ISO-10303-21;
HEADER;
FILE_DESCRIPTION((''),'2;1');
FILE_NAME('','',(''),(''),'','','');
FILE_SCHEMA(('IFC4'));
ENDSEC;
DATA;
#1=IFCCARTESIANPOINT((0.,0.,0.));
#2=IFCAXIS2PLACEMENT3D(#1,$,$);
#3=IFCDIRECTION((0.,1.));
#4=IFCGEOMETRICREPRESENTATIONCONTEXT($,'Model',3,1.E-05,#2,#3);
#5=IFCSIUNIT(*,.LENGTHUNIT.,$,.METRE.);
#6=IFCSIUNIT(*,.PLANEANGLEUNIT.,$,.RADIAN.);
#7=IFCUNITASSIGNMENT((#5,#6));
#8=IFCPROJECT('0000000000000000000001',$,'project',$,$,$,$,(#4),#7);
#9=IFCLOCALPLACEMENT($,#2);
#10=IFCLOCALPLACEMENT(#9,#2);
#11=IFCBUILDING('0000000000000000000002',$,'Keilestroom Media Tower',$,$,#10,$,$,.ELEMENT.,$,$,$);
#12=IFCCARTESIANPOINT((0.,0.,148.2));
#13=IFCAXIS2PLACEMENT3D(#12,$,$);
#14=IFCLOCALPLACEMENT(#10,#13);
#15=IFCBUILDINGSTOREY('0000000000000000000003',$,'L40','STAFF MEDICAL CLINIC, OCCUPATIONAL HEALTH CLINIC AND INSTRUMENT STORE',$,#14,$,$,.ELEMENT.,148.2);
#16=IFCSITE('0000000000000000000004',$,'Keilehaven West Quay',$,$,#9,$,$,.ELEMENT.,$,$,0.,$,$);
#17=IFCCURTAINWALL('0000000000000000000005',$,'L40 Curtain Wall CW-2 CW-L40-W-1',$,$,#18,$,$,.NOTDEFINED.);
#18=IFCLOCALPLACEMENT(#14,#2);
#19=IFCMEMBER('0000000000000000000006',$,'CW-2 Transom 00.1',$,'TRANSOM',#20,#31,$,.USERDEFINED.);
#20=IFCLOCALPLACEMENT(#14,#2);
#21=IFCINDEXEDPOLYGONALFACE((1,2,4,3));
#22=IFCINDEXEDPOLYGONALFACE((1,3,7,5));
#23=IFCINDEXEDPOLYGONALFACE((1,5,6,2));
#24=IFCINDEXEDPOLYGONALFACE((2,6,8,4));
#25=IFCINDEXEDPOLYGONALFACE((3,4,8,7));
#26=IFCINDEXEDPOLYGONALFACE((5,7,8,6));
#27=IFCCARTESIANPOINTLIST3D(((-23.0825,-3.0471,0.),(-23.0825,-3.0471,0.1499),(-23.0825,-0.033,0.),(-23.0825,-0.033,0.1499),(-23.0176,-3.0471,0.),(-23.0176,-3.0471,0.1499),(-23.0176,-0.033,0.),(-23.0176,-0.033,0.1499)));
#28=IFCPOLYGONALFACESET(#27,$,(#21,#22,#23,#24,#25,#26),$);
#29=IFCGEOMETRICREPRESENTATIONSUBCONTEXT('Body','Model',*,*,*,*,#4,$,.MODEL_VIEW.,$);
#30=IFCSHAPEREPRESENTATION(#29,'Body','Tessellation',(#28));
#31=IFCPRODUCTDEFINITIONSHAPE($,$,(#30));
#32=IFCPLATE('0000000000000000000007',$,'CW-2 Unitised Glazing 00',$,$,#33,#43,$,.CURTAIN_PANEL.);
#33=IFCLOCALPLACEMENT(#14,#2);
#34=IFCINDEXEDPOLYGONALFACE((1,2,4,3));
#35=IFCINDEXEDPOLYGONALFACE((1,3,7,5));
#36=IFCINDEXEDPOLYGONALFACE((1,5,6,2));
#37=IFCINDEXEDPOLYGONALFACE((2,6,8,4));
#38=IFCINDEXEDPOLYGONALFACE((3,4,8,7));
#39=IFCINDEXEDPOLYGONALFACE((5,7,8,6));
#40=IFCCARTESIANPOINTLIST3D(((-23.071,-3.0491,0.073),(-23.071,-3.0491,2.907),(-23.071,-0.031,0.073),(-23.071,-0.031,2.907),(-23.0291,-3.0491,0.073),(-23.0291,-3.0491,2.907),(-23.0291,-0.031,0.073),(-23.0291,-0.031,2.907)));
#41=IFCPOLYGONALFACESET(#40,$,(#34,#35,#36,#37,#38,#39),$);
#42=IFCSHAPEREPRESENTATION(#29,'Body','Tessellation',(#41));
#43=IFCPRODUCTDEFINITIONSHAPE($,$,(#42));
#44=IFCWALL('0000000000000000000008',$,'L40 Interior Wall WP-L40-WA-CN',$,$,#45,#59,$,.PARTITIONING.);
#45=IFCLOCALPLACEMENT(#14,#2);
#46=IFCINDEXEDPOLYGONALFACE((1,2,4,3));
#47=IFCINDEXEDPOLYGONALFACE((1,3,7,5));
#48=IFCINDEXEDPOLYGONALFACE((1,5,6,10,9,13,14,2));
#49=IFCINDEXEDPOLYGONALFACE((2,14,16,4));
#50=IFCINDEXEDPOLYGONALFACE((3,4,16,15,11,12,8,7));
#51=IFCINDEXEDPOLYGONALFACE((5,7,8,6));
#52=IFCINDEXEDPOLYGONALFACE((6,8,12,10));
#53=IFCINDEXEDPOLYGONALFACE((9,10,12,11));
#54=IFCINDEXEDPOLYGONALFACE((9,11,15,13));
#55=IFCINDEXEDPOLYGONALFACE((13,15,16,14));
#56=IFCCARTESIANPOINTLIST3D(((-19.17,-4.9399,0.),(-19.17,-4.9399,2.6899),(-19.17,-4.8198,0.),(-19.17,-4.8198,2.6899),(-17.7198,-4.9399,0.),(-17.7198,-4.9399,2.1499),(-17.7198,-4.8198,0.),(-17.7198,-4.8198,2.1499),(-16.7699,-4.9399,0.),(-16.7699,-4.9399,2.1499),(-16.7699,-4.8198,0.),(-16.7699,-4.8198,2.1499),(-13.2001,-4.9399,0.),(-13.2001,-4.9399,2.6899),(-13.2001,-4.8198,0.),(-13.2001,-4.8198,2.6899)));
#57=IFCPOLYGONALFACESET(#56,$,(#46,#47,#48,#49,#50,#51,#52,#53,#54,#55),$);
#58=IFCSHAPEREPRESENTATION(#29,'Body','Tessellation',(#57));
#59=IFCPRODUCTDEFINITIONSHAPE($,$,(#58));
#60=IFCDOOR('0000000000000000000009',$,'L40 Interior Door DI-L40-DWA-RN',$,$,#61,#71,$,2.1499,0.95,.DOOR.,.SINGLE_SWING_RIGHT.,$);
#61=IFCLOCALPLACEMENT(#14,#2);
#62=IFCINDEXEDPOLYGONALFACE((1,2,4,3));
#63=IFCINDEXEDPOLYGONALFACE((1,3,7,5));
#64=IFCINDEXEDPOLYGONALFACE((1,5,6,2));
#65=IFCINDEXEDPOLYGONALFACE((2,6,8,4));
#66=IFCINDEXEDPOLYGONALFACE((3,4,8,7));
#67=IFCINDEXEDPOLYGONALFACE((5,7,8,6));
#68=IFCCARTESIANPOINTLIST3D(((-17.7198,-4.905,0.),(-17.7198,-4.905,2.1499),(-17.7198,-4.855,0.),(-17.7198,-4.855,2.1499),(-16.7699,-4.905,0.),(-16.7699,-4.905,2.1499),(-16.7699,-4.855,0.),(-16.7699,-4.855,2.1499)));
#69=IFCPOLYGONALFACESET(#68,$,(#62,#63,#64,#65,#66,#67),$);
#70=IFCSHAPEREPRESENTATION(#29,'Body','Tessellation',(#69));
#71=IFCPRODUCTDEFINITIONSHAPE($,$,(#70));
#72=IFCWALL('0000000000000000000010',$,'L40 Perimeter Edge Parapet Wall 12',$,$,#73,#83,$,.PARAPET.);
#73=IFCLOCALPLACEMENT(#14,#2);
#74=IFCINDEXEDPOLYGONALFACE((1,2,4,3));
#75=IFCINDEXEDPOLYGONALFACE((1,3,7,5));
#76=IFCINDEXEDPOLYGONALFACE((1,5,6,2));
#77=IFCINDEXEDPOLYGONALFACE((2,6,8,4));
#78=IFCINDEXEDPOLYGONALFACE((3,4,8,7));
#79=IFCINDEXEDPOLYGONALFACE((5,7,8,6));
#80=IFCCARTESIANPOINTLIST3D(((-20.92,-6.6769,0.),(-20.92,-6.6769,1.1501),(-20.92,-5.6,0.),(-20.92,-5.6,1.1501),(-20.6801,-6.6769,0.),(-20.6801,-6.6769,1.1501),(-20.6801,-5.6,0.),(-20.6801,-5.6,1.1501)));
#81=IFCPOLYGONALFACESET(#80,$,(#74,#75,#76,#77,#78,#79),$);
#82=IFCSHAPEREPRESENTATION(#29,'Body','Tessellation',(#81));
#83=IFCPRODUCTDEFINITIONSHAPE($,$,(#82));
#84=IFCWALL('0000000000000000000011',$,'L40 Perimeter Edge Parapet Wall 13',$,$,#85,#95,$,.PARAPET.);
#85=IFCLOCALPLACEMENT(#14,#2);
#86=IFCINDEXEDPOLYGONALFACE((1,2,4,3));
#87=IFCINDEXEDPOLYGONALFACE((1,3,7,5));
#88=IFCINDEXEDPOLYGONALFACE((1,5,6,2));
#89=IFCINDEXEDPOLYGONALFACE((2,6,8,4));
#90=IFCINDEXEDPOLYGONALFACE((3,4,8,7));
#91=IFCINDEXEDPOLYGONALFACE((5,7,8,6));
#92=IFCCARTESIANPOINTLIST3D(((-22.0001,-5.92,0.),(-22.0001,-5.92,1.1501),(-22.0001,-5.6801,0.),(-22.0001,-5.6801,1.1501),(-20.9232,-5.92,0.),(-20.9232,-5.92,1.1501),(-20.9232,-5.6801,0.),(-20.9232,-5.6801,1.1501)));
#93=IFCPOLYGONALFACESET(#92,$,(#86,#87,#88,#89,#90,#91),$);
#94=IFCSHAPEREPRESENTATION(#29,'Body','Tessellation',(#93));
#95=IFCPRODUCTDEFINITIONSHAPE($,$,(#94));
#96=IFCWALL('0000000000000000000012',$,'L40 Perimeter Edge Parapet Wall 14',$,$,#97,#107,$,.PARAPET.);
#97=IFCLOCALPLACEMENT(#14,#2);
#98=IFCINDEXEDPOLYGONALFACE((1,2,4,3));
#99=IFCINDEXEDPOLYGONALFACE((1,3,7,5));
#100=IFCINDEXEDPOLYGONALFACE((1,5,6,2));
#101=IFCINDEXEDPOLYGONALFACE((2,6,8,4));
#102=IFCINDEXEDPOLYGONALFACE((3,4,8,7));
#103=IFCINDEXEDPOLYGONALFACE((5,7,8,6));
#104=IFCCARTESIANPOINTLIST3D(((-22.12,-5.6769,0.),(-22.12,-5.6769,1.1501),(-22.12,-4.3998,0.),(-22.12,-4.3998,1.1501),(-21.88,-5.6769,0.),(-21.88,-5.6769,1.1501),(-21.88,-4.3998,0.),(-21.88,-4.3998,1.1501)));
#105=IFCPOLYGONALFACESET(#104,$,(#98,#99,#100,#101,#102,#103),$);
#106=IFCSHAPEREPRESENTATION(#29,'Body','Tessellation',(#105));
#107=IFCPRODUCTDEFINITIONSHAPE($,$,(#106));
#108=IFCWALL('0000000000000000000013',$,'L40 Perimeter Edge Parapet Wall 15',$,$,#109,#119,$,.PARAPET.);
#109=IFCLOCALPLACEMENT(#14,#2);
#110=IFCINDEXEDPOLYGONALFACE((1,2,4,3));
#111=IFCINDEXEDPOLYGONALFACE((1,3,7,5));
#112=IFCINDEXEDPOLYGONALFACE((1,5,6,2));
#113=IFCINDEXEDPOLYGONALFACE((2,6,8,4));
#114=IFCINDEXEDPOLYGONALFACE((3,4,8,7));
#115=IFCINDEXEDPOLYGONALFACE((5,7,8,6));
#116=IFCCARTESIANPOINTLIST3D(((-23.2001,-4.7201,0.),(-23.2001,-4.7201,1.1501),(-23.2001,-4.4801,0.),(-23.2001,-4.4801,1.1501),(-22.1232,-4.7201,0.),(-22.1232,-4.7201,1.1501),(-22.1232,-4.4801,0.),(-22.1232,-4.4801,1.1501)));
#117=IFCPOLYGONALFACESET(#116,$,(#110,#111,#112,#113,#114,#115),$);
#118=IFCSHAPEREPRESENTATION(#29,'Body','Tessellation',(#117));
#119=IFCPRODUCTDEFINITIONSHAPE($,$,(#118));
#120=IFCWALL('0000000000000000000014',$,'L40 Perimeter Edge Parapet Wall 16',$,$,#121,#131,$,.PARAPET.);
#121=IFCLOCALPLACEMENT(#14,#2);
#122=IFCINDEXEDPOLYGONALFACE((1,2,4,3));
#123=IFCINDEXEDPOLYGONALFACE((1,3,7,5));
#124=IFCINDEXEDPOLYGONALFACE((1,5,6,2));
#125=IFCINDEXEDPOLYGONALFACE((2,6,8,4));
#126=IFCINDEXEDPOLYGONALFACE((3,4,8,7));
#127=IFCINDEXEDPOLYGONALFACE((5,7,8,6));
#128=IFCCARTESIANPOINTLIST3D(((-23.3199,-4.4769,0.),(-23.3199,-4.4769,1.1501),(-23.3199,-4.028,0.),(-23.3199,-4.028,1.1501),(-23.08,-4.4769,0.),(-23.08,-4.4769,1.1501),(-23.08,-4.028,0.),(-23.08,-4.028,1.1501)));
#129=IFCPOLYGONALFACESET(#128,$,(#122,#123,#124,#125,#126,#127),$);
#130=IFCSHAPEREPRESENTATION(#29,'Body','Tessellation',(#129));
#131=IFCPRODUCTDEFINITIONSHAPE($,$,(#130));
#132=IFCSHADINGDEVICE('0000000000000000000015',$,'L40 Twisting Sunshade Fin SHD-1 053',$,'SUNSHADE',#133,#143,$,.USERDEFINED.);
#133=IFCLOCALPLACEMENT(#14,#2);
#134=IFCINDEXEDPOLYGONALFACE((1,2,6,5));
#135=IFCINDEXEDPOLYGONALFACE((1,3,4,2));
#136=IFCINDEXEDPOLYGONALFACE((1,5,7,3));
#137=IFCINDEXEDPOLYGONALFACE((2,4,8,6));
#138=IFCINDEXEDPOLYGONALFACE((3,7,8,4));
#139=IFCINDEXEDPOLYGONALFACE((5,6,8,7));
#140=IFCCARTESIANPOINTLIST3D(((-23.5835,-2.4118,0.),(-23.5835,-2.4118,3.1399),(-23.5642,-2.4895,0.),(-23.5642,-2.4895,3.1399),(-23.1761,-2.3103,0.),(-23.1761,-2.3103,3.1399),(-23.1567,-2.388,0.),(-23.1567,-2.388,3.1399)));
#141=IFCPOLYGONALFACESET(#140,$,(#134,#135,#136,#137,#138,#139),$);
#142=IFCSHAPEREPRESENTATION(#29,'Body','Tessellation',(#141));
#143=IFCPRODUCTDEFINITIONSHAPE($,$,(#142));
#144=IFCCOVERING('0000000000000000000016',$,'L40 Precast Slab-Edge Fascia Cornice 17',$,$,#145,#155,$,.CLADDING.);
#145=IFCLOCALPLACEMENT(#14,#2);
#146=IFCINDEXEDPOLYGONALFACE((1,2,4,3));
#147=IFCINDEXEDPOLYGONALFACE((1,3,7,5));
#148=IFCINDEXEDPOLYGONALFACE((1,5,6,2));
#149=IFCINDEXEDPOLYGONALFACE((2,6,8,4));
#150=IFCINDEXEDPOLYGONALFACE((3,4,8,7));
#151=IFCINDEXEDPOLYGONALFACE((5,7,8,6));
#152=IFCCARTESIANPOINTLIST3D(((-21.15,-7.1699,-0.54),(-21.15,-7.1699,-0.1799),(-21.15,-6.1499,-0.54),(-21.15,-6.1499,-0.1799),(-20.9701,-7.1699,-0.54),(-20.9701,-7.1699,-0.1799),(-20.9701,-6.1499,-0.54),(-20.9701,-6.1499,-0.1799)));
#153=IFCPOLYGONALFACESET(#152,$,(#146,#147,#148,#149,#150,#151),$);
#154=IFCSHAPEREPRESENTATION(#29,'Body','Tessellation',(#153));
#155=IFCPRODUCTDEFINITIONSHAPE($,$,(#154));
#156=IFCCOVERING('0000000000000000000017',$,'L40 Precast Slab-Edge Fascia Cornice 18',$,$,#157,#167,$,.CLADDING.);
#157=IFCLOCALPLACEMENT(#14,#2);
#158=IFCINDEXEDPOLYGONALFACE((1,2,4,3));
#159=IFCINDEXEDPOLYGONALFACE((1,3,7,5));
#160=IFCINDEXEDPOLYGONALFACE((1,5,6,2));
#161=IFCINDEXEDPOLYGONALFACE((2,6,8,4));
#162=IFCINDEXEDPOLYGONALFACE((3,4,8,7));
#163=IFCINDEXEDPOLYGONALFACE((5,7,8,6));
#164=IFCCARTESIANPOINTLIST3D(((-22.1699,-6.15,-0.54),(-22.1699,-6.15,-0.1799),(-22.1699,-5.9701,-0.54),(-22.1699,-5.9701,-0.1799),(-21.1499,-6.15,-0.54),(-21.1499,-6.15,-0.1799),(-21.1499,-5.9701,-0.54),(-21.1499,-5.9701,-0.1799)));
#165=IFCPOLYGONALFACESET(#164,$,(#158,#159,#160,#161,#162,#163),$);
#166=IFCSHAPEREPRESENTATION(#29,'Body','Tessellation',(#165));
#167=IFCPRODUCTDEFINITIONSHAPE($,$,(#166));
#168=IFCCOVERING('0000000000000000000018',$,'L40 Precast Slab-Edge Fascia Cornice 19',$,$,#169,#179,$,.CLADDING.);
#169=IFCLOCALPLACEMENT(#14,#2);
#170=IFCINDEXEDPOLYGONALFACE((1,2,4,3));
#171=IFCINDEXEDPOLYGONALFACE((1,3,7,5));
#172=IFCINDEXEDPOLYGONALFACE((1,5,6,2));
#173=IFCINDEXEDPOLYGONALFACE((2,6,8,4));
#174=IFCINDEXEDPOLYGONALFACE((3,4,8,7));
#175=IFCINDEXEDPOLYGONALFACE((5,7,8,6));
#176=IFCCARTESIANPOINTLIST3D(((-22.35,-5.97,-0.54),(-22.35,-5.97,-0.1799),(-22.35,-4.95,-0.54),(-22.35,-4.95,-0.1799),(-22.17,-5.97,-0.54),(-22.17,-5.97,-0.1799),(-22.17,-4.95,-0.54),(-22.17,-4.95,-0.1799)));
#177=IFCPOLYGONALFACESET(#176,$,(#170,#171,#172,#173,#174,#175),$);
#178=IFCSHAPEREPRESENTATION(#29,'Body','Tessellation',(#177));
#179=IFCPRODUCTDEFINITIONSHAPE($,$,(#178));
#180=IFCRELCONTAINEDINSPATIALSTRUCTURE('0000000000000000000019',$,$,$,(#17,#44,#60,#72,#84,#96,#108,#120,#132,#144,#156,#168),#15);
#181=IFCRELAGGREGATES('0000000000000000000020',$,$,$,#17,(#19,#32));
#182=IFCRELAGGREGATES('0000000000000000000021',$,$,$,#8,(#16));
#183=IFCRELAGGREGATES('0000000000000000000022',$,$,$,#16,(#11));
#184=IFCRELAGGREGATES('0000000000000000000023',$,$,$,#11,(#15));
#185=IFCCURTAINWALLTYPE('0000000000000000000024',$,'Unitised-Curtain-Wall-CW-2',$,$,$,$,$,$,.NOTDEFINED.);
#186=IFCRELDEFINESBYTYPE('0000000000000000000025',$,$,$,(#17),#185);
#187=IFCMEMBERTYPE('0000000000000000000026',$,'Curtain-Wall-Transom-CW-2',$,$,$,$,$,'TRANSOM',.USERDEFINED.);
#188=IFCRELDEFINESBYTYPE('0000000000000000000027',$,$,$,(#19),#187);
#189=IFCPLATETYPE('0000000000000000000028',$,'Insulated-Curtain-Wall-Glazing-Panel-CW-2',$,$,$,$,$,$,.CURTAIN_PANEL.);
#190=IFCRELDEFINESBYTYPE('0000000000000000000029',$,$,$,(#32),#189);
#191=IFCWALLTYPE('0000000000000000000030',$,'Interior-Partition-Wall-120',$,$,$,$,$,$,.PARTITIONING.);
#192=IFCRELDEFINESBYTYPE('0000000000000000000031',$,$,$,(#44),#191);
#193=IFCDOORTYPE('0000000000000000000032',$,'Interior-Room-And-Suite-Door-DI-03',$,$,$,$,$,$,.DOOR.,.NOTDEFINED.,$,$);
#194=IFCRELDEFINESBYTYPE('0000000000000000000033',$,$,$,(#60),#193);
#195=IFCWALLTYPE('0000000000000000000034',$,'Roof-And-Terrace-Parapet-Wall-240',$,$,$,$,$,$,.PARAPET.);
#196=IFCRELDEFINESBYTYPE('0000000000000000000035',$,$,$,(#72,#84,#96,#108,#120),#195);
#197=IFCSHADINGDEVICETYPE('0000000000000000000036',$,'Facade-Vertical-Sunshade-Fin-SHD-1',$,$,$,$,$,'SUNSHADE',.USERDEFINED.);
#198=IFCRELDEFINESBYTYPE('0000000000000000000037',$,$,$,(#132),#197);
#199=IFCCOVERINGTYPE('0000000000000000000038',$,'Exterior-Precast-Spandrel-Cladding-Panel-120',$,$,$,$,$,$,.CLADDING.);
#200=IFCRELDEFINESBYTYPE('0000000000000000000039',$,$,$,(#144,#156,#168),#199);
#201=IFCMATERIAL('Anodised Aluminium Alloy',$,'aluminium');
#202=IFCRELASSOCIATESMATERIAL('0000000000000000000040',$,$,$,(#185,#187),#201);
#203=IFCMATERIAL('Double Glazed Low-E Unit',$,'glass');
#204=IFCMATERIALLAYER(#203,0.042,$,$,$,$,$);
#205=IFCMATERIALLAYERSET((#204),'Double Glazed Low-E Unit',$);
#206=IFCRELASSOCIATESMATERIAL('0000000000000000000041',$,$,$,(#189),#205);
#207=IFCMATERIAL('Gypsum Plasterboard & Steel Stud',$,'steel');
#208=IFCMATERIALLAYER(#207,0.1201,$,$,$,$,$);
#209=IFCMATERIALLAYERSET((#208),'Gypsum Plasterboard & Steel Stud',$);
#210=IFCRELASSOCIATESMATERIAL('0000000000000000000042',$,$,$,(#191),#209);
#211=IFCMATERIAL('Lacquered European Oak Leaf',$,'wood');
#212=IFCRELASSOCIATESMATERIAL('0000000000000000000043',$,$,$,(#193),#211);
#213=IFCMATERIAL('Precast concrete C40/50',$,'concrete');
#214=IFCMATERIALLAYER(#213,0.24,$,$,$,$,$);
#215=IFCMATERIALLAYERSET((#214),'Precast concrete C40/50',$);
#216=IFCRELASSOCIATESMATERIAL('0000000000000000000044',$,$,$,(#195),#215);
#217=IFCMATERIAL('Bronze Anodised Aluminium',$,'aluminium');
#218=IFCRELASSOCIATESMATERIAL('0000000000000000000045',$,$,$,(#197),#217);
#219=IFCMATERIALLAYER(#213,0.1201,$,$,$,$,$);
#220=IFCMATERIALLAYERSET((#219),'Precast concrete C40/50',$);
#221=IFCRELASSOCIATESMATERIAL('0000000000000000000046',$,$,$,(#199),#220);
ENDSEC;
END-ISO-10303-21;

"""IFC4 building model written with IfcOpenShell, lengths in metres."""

from ifc_helpers import new_model, si_unit, direction, frame, frame_2d, origin, origin_2d, place, context, subcontext, project, spatial, rectangle, extrude, source, transform, mapped, material, layer, layer_set, material_profile, profile_set, type_object, element, fill, aggregate, save


model = new_model("IFC4")

# Units and contexts
model_context = context("Model", 3, precision=1e-05, world=origin(), true_north=direction((0.0, 1.0)))
body_context = subcontext(model_context, "Body", "Model", "MODEL_VIEW")
ifc_project = project(units=[si_unit("LENGTHUNIT", "METRE"), si_unit("PLANEANGLEUNIT", "RADIAN")], contexts=[model_context])

# Site, building, storey
site_placement = place(None, origin())
site = spatial("IfcSite", under=ifc_project, at=site_placement, Name="Keilehaven West Quay", CompositionType="ELEMENT", RefElevation=0.0)
building_placement = place(site_placement, origin())
building = spatial("IfcBuilding", under=site, at=building_placement, Name="Keilestroom Media Tower", CompositionType="ELEMENT")
storey_placement = place(building_placement, frame((0.0, 0.0, 148.2)))
storey = spatial("IfcBuildingStorey", under=building, at=storey_placement, Name="L40", Description="STAFF MEDICAL CLINIC, OCCUPATIONAL HEALTH CLINIC AND INSTRUMENT STORE", CompositionType="ELEMENT", Elevation=148.2)

# Shared definitions
ifc_material_1 = material(Name="Precast concrete C40/50", Category="concrete")

# Curtain wall, member, plate
ifc_material_2 = material(Name="Anodised Aluminium Alloy", Category="aluminium")
curtain_wall_type = type_object("IfcCurtainWallType", Name="Unitised-Curtain-Wall-CW-2", PredefinedType="NOTDEFINED", material=ifc_material_2)
curtain_wall_placement = place(storey_placement, origin())
curtain_wall = element("IfcCurtainWall", 1, at=curtain_wall_placement, inside=storey, type_object=curtain_wall_type, Name="L40 Curtain Wall CW-2 CW-L40-W-1", PredefinedType="NOTDEFINED")
ifc_material_profile_1 = material_profile(ifc_material_2, rectangle(XDim=0.0649, YDim=0.1499, at=origin_2d()), Name="ALU TRANSOM 65x150")
ifc_profile_set_1 = profile_set([ifc_material_profile_1], Name="Anodised Aluminium Alloy")
member_type_1 = type_object("IfcMemberType", Name="Curtain-Wall-Transom-CW-2", ElementType="TRANSOM", PredefinedType="USERDEFINED", material=ifc_profile_set_1)
shared_shape_1 = source(origin(), body_context, "Body", "SweptSolid", [
    extrude(rectangle(XDim=0.0649, YDim=0.1499, at=origin_2d()), origin(), (0.0, 0.0, 1.0), 3.0142),
])
member_1_placement = place(storey_placement, frame((-23.05, -3.0471, 0.075), z_axis=(0.0, 1.0, 0.0), x_axis=(-1.0, 0.0, 0.0)))
member_1 = element("IfcMember", 2, at=member_1_placement, type_object=member_type_1, Name="CW-2 Transom 00.1", ObjectType="TRANSOM", PredefinedType="USERDEFINED", context=body_context, shape_type="MappedRepresentation", body=[
    mapped(shared_shape_1, transform((0.0, 0.0, 0.0), x_axis=(1.0, 0.0, 0.0), y_axis=(0.0, 1.0, 0.0), z_axis=(0.0, 0.0, 1.0), scale=1.0)),
])
ifc_material_3 = material(Name="Double Glazed Low-E Unit", Category="glass")
ifc_layer_1 = layer(ifc_material_3, 0.042)
ifc_layer_set_1 = layer_set([ifc_layer_1], Name="Double Glazed Low-E Unit")
plate_type = type_object("IfcPlateType", Name="Insulated-Curtain-Wall-Glazing-Panel-CW-2", PredefinedType="CURTAIN_PANEL", material=ifc_layer_set_1)
shared_shape_2 = source(origin(), body_context, "Body", "SweptSolid", [
    extrude(rectangle(XDim=3.0181, YDim=0.042, at=origin_2d()), origin(), (0.0, 0.0, 1.0), 2.834),
])
plate_placement = place(storey_placement, frame((-23.05, -1.54, 0.073), z_axis=(0.0, 0.0, 1.0), x_axis=(0.0, 1.0, 0.0)))
plate = element("IfcPlate", 3, at=plate_placement, type_object=plate_type, Name="CW-2 Unitised Glazing 00", PredefinedType="CURTAIN_PANEL", context=body_context, shape_type="MappedRepresentation", body=[
    mapped(shared_shape_2, transform((0.0, 0.0, 0.0), x_axis=(1.0, 0.0, 0.0), y_axis=(0.0, 1.0, 0.0), z_axis=(0.0, 0.0, 1.0), scale=1.0)),
])
aggregate(curtain_wall, [member_1, plate])

# Wall, opening, door
ifc_material_4 = material(Name="Gypsum Plasterboard & Steel Stud", Category="steel")
ifc_layer_2 = layer(ifc_material_4, 0.1201)
ifc_layer_set_2 = layer_set([ifc_layer_2], Name="Gypsum Plasterboard & Steel Stud")
wall_type_1 = type_object("IfcWallType", Name="Interior-Partition-Wall-120", PredefinedType="PARTITIONING", material=ifc_layer_set_2)
wall_1_placement = place(storey_placement, frame((-19.1699, -4.8799, 0.0), z_axis=(0.0, 0.0, 1.0), x_axis=(1.0, 0.0, 0.0)))
wall_1 = element("IfcWall", 4, at=wall_1_placement, inside=storey, type_object=wall_type_1, Name="L40 Interior Wall WP-L40-WA-CN", PredefinedType="PARTITIONING", context=body_context, shape_type="SweptSolid", body=[
    extrude(rectangle(XDim=5.97, YDim=0.1201, at=frame_2d((2.9849, 0.0))), origin(), (0.0, 0.0, 1.0), 2.6899),
])
opening_placement = place(wall_1_placement, frame((1.45, 0.0, 0.0)))
opening = element("IfcOpeningElement", 5, at=opening_placement, cuts=wall_1, PredefinedType="OPENING", context=body_context, shape_type="SweptSolid", body=[
    extrude(rectangle(XDim=0.95, YDim=2.1499, at=frame_2d((0.4751, 1.075))), frame((0.0, 0.0701, 0.0), z_axis=(0.0, -1.0, 0.0), x_axis=(1.0, 0.0, 0.0)), (0.0, 0.0, 1.0), 0.1401),
])
ifc_material_5 = material(Name="Lacquered European Oak Leaf", Category="wood")
door_type = type_object("IfcDoorType", Name="Interior-Room-And-Suite-Door-DI-03", OperationType="NOTDEFINED", PredefinedType="DOOR", material=ifc_material_5)
shared_shape_3 = source(origin(), body_context, "Body", "SweptSolid", [
    extrude(rectangle(XDim=0.95, YDim=2.1499, at=frame_2d((0.4751, 1.075))), frame((0.0, 0.0249, 0.0), z_axis=(0.0, -1.0, 0.0), x_axis=(1.0, 0.0, 0.0)), (0.0, 0.0, 1.0), 0.05),
])
door_placement = place(opening_placement, origin())
door = element("IfcDoor", 6, at=door_placement, inside=storey, type_object=door_type, Name="L40 Interior Door DI-L40-DWA-RN", OperationType="SINGLE_SWING_RIGHT", OverallHeight=2.1499, OverallWidth=0.95, PredefinedType="DOOR", context=body_context, shape_type="MappedRepresentation", body=[
    mapped(shared_shape_3, transform((0.0, 0.0, 0.0), x_axis=(1.0, 0.0, 0.0), y_axis=(0.0, 1.0, 0.0), z_axis=(0.0, 0.0, 1.0), scale=1.0)),
])
fill(opening, door)

# Walls
ifc_layer_3 = layer(ifc_material_1, 0.24)
ifc_layer_set_3 = layer_set([ifc_layer_3], Name="Precast concrete C40/50")
wall_type_2 = type_object("IfcWallType", Name="Roof-And-Terrace-Parapet-Wall-240", PredefinedType="PARAPET", material=ifc_layer_set_3)
for number, where, z_axis, x_axis, name in (
    (7, (-20.8, -6.677, 0.0), (0.0, 0.0, 1.0), (0.0, 1.0, 0.0), "L40 Perimeter Edge Parapet Wall 12"),
    (8, (-20.9231, -5.8, 0.0), (0.0, 0.0, 1.0), (-1.0, 0.0, 0.0), "L40 Perimeter Edge Parapet Wall 13"),
):
    element("IfcWall", number, at=place(storey_placement, frame(where, z_axis=z_axis, x_axis=x_axis)), inside=storey, type_object=wall_type_2, Name=name, PredefinedType="PARAPET", context=body_context, shape_type="SweptSolid", body=[
        extrude(rectangle(XDim=1.0769, YDim=0.24, at=frame_2d((0.5386, 0.0))), origin(), (0.0, 0.0, 1.0), 1.1501),
    ])
wall_2_placement = place(storey_placement, frame((-22.0, -5.677, 0.0), z_axis=(0.0, 0.0, 1.0), x_axis=(0.0, 1.0, 0.0)))
element("IfcWall", 9, at=wall_2_placement, inside=storey, type_object=wall_type_2, Name="L40 Perimeter Edge Parapet Wall 14", PredefinedType="PARAPET", context=body_context, shape_type="SweptSolid", body=[
    extrude(rectangle(XDim=1.2771, YDim=0.24, at=frame_2d((0.6387, 0.0))), origin(), (0.0, 0.0, 1.0), 1.1501),
])
wall_3_placement = place(storey_placement, frame((-22.123, -4.6001, 0.0), z_axis=(0.0, 0.0, 1.0), x_axis=(-1.0, 0.0, 0.0)))
element("IfcWall", 10, at=wall_3_placement, inside=storey, type_object=wall_type_2, Name="L40 Perimeter Edge Parapet Wall 15", PredefinedType="PARAPET", context=body_context, shape_type="SweptSolid", body=[
    extrude(rectangle(XDim=1.0769, YDim=0.24, at=frame_2d((0.5386, 0.0))), origin(), (0.0, 0.0, 1.0), 1.1501),
])
wall_4_placement = place(storey_placement, frame((-23.2, -4.4771, 0.0), z_axis=(0.0, 0.0, 1.0), x_axis=(0.0, 1.0, 0.0)))
element("IfcWall", 11, at=wall_4_placement, inside=storey, type_object=wall_type_2, Name="L40 Perimeter Edge Parapet Wall 16", PredefinedType="PARAPET", context=body_context, shape_type="SweptSolid", body=[
    extrude(rectangle(XDim=0.449, YDim=0.24, at=frame_2d((0.2246, 0.0))), origin(), (0.0, 0.0, 1.0), 1.1501),
])

# Shading device
ifc_material_6 = material(Name="Bronze Anodised Aluminium", Category="aluminium")
shading_device_type = type_object("IfcShadingDeviceType", Name="Facade-Vertical-Sunshade-Fin-SHD-1", ElementType="SUNSHADE", PredefinedType="USERDEFINED", material=ifc_material_6)
shared_shape_4 = source(origin(), body_context, "Body", "SweptSolid", [
    extrude(rectangle(XDim=0.4199, YDim=0.0801, at=origin_2d()), origin(), (0.0, 0.0, 1.0), 3.1399),
])
shading_device_placement = place(storey_placement, frame((-23.3701, -2.3999, 0.0), z_axis=(0.0, 0.0, 1.0), x_axis=(0.970296, 0.241922, 0.0)))
element("IfcShadingDevice", 12, at=shading_device_placement, inside=storey, type_object=shading_device_type, Name="L40 Twisting Sunshade Fin SHD-1 053", ObjectType="SUNSHADE", PredefinedType="USERDEFINED", context=body_context, shape_type="MappedRepresentation", body=[
    mapped(shared_shape_4, transform((0.0, 0.0, 0.0), x_axis=(1.0, 0.0, 0.0), y_axis=(0.0, 1.0, 0.0), z_axis=(0.0, 0.0, 1.0), scale=1.0)),
])

# Coverings
ifc_layer_4 = layer(ifc_material_1, 0.1201)
ifc_layer_set_4 = layer_set([ifc_layer_4], Name="Precast concrete C40/50")
covering_type = type_object("IfcCoveringType", Name="Exterior-Precast-Spandrel-Cladding-Panel-120", PredefinedType="CLADDING", material=ifc_layer_set_4)
shared_shape_5 = source(origin(), body_context, "Body", "SweptSolid", [
    extrude(rectangle(XDim=1.02, YDim=0.1799, at=origin_2d()), origin(), (0.0, 0.0, 1.0), 0.3601),
])
for number, where, z_axis, x_axis, name in (
    (13, (-21.0601, -6.6599, -0.54), (0.0, 0.0, 1.0), (0.0, 1.0, 0.0), "L40 Precast Slab-Edge Fascia Cornice 17"),
    (14, (-21.6599, -6.0601, -0.54), (0.0, 0.0, 1.0), (-1.0, 0.0, 0.0), "L40 Precast Slab-Edge Fascia Cornice 18"),
    (15, (-22.26, -5.46, -0.54), (0.0, 0.0, 1.0), (0.0, 1.0, 0.0), "L40 Precast Slab-Edge Fascia Cornice 19"),
):
    element("IfcCovering", number, at=place(storey_placement, frame(where, z_axis=z_axis, x_axis=x_axis)), inside=storey, type_object=covering_type, Name=name, PredefinedType="CLADDING", context=body_context, shape_type="MappedRepresentation", body=[
        mapped(shared_shape_5, transform((0.0, 0.0, 0.0), x_axis=(1.0, 0.0, 0.0), y_axis=(0.0, 1.0, 0.0), z_axis=(0.0, 0.0, 1.0), scale=1.0)),
    ])

save(model, "model.ifc")
